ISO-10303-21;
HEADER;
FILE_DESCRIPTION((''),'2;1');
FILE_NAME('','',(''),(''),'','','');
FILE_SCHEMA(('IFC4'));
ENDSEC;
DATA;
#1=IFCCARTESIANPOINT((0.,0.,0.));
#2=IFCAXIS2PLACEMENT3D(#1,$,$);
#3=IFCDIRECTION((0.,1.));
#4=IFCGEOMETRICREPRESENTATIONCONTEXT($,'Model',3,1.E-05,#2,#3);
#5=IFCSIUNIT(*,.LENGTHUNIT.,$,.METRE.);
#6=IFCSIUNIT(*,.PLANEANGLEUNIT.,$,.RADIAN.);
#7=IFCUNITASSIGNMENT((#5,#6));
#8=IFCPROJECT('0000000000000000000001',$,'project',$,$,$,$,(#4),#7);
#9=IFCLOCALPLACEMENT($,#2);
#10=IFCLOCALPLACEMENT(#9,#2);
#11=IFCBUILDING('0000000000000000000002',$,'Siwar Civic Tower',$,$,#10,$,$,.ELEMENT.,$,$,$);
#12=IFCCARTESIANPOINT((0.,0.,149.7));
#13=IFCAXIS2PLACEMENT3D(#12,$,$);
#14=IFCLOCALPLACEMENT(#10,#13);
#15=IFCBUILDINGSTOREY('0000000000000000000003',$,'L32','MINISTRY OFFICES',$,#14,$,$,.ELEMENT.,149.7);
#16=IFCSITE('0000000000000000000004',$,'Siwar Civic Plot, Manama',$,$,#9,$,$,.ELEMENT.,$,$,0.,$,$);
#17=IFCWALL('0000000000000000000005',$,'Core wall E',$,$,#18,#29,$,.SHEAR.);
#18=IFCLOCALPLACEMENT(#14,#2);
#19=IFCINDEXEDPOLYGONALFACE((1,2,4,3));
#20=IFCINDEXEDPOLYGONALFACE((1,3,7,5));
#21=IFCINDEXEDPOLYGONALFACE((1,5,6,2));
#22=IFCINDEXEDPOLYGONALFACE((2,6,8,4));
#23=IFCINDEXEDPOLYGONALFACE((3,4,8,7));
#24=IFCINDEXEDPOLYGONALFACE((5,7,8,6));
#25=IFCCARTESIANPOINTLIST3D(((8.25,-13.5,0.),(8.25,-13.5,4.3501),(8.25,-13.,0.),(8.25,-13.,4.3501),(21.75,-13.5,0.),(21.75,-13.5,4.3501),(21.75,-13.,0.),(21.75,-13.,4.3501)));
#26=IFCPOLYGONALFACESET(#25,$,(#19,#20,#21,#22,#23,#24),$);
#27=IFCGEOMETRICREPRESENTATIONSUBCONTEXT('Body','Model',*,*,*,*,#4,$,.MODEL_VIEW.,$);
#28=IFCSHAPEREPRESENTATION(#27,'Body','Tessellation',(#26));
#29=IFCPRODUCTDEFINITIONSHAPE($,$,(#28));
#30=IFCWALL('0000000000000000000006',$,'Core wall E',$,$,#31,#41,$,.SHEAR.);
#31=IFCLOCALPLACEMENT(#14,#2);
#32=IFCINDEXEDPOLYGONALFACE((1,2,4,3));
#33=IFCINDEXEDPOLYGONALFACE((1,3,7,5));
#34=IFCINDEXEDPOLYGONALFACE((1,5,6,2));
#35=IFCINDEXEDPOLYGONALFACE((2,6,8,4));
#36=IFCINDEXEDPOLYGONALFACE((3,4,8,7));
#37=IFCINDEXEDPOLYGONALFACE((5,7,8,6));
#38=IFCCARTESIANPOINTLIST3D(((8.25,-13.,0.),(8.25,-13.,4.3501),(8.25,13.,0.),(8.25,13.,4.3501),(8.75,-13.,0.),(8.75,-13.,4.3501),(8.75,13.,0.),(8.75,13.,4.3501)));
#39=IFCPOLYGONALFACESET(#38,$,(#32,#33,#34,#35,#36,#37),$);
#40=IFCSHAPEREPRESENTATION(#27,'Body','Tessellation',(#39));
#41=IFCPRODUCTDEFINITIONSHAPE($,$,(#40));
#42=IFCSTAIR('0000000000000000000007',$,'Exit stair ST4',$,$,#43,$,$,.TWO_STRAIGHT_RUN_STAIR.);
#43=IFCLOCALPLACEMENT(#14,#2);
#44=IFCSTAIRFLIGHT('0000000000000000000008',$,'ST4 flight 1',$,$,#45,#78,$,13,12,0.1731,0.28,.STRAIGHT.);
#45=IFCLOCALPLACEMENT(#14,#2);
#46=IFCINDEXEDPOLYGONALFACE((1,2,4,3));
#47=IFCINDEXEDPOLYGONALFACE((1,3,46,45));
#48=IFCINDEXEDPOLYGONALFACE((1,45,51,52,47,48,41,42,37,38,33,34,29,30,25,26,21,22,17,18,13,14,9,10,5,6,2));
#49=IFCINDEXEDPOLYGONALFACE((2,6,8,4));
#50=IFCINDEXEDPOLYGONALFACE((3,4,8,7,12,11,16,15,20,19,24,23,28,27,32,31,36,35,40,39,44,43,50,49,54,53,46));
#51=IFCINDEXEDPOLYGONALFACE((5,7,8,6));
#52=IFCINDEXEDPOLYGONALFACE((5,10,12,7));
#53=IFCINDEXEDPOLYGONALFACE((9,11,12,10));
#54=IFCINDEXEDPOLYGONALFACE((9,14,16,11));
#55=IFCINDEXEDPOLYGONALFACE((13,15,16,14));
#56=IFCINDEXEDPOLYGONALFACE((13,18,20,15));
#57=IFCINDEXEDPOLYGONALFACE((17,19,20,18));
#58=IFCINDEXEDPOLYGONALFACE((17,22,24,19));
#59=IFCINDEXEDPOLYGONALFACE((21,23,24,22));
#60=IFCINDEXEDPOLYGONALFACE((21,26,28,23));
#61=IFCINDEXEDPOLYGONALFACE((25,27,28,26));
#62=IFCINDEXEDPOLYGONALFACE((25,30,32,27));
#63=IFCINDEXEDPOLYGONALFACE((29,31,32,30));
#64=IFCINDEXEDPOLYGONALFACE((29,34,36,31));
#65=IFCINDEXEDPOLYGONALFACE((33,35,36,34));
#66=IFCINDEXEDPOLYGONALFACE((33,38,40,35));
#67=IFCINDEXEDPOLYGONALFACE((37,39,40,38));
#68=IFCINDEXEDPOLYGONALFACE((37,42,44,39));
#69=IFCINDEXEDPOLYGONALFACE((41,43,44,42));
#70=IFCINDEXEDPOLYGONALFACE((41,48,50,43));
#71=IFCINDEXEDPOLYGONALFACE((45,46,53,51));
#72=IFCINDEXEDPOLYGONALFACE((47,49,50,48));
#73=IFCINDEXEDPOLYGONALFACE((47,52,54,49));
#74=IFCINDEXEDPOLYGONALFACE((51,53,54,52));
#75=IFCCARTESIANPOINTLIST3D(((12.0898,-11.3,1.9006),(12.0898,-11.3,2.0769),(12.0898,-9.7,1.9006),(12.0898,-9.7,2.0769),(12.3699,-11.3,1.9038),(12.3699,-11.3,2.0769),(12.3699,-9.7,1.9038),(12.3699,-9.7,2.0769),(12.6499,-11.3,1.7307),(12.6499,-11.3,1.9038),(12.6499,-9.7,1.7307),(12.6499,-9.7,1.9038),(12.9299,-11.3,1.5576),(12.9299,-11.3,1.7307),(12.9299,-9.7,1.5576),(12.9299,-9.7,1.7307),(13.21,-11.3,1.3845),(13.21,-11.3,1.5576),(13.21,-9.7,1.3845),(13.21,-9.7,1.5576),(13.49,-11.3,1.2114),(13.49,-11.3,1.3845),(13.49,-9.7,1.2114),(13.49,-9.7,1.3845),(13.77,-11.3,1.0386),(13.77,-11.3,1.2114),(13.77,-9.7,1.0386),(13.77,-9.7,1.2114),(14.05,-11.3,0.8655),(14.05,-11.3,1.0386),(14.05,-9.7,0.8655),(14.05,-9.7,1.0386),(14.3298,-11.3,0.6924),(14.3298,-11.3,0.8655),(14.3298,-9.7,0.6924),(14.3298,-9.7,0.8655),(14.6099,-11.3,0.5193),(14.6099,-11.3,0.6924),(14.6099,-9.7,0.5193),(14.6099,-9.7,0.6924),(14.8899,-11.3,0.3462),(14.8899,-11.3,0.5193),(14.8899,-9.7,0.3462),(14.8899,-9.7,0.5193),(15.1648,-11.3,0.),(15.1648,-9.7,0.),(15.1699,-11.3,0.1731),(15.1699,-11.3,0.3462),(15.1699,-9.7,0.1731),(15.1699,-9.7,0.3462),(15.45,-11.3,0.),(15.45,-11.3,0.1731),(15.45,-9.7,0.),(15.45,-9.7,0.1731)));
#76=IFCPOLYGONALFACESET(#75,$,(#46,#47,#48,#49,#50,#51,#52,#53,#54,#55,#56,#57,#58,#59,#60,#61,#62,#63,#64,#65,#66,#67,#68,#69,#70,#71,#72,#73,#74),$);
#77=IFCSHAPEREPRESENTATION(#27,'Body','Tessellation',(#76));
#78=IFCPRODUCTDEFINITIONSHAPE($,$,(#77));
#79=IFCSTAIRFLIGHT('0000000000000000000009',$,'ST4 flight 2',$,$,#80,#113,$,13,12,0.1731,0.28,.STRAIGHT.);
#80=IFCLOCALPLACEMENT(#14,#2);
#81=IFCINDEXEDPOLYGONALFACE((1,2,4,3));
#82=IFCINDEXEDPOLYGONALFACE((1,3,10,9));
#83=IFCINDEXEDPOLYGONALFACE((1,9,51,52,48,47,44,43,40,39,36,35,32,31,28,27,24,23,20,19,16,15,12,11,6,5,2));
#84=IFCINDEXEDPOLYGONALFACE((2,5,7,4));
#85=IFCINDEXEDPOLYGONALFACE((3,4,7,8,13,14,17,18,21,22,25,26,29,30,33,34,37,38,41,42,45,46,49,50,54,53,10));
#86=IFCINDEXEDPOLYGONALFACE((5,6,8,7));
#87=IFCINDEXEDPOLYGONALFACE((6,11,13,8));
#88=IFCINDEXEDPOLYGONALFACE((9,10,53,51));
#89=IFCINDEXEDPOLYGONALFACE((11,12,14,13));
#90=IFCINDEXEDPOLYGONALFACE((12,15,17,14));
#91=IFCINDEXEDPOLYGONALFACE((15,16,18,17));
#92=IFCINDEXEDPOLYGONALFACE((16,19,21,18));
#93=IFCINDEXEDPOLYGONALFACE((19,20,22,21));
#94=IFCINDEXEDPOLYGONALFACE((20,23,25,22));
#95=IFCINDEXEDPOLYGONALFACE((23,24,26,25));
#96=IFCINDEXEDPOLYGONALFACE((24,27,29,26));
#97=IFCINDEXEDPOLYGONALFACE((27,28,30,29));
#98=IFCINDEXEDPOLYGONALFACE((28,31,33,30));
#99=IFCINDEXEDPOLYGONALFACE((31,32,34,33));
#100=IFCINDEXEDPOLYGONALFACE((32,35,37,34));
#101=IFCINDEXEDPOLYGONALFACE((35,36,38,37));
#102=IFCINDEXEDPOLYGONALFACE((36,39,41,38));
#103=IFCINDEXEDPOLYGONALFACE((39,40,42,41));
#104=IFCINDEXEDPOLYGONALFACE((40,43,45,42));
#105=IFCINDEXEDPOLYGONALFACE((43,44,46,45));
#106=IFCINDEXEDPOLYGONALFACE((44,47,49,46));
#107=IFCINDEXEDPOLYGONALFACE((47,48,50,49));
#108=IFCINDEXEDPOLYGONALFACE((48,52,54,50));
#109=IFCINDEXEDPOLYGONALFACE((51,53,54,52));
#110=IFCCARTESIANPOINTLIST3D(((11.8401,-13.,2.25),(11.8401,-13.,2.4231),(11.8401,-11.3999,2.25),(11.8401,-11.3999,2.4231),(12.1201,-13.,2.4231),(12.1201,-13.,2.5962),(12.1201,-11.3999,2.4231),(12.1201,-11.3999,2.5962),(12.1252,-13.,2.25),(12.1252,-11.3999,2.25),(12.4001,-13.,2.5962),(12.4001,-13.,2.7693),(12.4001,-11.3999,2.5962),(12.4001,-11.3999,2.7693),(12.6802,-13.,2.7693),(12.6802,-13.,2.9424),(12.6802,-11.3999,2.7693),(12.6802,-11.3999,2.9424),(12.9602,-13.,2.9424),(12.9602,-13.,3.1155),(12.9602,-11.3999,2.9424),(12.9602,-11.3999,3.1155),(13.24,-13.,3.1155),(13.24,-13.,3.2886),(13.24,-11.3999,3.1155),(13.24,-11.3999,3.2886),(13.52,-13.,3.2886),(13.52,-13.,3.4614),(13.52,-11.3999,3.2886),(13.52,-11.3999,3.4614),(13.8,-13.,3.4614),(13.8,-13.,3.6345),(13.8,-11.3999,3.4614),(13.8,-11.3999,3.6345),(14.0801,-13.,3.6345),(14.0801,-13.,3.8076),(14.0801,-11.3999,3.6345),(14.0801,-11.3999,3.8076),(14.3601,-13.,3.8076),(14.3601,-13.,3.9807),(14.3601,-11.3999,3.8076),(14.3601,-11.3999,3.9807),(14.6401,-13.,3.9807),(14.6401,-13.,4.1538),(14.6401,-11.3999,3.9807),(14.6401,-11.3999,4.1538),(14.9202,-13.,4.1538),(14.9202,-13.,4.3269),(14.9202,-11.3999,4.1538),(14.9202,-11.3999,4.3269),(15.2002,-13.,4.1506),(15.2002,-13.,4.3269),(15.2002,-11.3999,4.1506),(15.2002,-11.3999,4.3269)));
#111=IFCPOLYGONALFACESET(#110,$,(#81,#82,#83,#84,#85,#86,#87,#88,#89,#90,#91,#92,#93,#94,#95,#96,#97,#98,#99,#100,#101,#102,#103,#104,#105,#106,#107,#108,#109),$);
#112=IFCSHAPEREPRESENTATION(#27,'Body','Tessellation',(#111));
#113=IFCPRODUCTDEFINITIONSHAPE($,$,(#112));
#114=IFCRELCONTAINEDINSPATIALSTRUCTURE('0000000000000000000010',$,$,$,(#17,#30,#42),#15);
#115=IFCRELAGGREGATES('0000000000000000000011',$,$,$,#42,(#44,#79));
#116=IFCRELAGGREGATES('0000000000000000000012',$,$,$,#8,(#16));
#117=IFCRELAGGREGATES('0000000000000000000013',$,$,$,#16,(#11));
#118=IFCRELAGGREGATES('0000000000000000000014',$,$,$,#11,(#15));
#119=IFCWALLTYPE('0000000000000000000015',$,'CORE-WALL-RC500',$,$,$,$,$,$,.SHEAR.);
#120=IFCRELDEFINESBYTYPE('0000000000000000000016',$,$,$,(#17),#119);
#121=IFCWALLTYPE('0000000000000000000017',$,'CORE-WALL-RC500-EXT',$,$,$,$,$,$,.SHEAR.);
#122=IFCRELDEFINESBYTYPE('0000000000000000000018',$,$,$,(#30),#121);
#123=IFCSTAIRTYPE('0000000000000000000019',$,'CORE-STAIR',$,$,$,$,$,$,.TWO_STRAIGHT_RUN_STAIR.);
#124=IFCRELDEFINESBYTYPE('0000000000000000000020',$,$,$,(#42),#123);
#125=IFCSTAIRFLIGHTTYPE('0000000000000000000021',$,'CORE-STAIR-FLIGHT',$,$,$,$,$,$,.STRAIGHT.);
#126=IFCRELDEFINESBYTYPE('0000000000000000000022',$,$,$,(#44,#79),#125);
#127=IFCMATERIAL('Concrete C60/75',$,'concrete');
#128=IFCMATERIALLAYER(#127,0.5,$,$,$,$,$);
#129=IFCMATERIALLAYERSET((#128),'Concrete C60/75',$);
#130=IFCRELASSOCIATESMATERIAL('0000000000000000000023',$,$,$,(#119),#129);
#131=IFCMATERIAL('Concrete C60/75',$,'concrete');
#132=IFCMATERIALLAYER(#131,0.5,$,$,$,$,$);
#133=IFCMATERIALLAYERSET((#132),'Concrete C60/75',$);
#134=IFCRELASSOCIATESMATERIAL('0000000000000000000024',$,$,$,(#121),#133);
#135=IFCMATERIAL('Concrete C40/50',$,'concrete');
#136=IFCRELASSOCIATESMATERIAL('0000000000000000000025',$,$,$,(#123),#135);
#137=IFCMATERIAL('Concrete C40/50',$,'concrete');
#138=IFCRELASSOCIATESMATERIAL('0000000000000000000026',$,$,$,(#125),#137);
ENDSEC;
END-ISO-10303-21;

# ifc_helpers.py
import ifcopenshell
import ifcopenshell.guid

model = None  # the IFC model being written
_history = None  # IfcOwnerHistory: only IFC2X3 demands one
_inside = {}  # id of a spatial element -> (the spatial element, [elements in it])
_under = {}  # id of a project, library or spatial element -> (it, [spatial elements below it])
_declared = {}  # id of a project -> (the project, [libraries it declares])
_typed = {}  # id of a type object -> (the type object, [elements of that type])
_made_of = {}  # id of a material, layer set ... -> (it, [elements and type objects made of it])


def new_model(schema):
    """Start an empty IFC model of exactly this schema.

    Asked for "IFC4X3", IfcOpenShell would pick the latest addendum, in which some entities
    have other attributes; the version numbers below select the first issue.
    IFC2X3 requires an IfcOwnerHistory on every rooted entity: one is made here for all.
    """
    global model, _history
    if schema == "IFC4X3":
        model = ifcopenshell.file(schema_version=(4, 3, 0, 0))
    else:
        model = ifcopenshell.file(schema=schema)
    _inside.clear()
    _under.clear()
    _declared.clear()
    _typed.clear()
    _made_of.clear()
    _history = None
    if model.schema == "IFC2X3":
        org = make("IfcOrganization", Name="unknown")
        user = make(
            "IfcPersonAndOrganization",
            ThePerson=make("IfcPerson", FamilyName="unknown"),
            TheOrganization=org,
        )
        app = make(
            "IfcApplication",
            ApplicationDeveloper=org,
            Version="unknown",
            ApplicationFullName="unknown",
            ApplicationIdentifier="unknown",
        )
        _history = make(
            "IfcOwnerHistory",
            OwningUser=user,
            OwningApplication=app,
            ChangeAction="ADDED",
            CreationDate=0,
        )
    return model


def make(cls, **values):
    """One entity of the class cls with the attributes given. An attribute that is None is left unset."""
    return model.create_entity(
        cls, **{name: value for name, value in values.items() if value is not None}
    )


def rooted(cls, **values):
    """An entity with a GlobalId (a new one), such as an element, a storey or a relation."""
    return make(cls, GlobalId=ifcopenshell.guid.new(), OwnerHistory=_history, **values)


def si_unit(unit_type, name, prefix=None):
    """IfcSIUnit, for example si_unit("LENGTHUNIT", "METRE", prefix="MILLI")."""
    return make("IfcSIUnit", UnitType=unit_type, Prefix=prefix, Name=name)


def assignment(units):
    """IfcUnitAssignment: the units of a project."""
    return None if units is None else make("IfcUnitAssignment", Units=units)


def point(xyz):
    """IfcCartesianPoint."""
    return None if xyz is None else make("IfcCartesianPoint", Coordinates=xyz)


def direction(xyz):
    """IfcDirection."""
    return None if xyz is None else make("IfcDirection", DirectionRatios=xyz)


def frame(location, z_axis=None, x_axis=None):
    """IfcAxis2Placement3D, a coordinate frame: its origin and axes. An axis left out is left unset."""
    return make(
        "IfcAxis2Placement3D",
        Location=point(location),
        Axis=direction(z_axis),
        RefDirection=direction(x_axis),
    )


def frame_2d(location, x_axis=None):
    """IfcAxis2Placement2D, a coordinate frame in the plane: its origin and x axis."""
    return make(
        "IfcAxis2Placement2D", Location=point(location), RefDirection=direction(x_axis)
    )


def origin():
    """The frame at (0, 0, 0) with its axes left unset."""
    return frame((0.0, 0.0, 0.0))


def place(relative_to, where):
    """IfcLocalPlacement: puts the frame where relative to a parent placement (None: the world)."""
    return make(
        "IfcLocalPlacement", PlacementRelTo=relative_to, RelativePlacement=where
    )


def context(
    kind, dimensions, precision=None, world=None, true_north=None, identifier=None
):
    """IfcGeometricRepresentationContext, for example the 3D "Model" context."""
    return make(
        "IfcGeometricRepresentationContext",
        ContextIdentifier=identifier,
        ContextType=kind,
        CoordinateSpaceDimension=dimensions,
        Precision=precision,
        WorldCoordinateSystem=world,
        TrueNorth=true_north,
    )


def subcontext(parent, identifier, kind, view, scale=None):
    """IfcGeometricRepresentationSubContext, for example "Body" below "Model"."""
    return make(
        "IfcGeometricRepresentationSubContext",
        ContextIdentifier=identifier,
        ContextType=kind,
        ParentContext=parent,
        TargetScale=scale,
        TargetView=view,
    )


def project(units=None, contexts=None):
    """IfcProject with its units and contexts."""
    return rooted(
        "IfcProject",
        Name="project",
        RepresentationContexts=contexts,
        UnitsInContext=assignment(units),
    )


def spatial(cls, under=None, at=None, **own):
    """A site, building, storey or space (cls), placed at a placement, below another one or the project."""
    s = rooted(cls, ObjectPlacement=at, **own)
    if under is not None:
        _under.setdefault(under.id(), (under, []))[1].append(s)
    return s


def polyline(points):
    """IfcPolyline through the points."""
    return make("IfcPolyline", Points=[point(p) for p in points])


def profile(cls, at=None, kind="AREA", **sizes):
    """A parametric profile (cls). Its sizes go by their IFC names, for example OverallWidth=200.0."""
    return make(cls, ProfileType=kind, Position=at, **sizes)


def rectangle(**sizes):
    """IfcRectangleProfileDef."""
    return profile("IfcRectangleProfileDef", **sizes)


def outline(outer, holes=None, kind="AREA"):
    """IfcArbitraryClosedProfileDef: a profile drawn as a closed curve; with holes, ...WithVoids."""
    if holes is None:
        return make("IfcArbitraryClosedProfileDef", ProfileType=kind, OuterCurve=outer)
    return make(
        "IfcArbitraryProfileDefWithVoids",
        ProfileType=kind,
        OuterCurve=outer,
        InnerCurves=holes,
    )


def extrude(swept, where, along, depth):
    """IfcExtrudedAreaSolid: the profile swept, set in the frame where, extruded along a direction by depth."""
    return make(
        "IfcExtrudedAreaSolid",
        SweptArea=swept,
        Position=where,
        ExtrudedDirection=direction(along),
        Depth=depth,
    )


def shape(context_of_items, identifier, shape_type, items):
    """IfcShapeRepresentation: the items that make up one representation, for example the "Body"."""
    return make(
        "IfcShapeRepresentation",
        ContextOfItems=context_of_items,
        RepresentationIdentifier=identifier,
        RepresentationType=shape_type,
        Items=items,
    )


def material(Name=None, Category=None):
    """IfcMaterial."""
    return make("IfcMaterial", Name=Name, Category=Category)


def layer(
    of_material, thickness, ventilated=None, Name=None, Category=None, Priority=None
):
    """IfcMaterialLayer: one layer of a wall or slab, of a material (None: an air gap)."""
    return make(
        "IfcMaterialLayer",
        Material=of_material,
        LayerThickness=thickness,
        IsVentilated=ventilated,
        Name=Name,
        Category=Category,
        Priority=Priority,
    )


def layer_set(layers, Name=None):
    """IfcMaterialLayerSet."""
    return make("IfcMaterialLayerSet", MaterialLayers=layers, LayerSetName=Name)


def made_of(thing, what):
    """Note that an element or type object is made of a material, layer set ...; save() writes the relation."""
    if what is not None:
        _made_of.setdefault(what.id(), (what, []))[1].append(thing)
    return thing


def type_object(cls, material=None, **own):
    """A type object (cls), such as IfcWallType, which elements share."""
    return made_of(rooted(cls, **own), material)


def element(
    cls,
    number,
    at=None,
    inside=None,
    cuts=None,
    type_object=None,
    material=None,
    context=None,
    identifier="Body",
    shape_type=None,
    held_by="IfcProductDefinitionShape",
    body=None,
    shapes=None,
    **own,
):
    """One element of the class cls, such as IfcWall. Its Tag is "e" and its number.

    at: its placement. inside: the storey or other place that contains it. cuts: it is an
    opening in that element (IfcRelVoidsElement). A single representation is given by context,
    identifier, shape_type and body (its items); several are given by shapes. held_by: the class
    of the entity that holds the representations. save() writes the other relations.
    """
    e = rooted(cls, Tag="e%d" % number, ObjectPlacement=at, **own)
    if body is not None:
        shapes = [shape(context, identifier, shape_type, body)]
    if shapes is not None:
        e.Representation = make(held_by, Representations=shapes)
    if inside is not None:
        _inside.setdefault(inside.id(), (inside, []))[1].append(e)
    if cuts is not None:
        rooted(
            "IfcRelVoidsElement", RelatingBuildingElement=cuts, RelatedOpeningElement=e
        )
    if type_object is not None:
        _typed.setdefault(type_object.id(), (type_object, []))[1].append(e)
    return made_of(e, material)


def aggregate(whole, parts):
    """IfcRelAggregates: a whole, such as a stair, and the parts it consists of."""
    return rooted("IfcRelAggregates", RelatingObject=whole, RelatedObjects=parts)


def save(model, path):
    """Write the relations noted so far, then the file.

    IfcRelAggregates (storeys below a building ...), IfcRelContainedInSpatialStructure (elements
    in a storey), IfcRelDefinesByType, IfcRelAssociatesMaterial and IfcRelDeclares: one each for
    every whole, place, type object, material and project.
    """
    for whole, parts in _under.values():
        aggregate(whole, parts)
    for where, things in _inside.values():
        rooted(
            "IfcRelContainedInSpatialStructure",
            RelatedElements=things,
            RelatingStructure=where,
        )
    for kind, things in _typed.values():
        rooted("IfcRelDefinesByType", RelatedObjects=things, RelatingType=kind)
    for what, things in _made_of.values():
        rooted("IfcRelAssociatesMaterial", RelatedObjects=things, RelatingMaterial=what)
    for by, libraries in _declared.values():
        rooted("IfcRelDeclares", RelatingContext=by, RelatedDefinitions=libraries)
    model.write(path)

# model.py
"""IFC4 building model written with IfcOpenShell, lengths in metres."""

from ifc_helpers import new_model, si_unit, direction, frame, frame_2d, origin, place, context, subcontext, project, spatial, polyline, rectangle, outline, extrude, material, layer, layer_set, type_object, element, aggregate, save


model = new_model("IFC4")

# Units and contexts
model_context = context("Model", 3, precision=1e-05, world=origin(), true_north=direction((0.0, 1.0)))
body_context = subcontext(model_context, "Body", "Model", "MODEL_VIEW")
ifc_project = project(units=[si_unit("LENGTHUNIT", "METRE"), si_unit("PLANEANGLEUNIT", "RADIAN")], contexts=[model_context])

# Site, building, storey
site_placement = place(None, origin())
site = spatial("IfcSite", under=ifc_project, at=site_placement, Name="Siwar Civic Plot, Manama", CompositionType="ELEMENT", RefElevation=0.0)
building_placement = place(site_placement, origin())
building = spatial("IfcBuilding", under=site, at=building_placement, Name="Siwar Civic Tower", CompositionType="ELEMENT")
storey_placement = place(building_placement, frame((0.0, 0.0, 149.7)))
storey = spatial("IfcBuildingStorey", under=building, at=storey_placement, Name="L32", Description="MINISTRY OFFICES", CompositionType="ELEMENT", Elevation=149.7)

# Walls
ifc_material_1 = material(Name="Concrete C60/75", Category="concrete")
ifc_layer_1 = layer(ifc_material_1, 0.5)
ifc_layer_set_1 = layer_set([ifc_layer_1], Name="Concrete C60/75")
wall_type_1 = type_object("IfcWallType", Name="CORE-WALL-RC500", PredefinedType="SHEAR", material=ifc_layer_set_1)
wall_1_placement = place(storey_placement, frame((8.25, -13.25, 0.0), z_axis=(0.0, 0.0, 1.0), x_axis=(1.0, 0.0, 0.0)))
element("IfcWall", 1, at=wall_1_placement, inside=storey, type_object=wall_type_1, Name="Core wall E", PredefinedType="SHEAR", context=body_context, shape_type="SweptSolid", body=[
    extrude(rectangle(XDim=13.5, YDim=0.5, at=frame_2d((6.75, 0.0))), origin(), (0.0, 0.0, 1.0), 4.3501),
])
ifc_material_2 = material(Name="Concrete C60/75", Category="concrete")
ifc_layer_2 = layer(ifc_material_2, 0.5)
ifc_layer_set_2 = layer_set([ifc_layer_2], Name="Concrete C60/75")
wall_type_2 = type_object("IfcWallType", Name="CORE-WALL-RC500-EXT", PredefinedType="SHEAR", material=ifc_layer_set_2)
wall_2_placement = place(storey_placement, frame((8.5, -13.0, 0.0), z_axis=(0.0, 0.0, 1.0), x_axis=(0.0, 1.0, 0.0)))
element("IfcWall", 2, at=wall_2_placement, inside=storey, type_object=wall_type_2, Name="Core wall E", PredefinedType="SHEAR", context=body_context, shape_type="SweptSolid", body=[
    extrude(rectangle(XDim=26.0, YDim=0.5, at=frame_2d((13.0, 0.0))), origin(), (0.0, 0.0, 1.0), 4.3501),
])

# Stair, stair flights
ifc_material_3 = material(Name="Concrete C40/50", Category="concrete")
stair_type = type_object("IfcStairType", Name="CORE-STAIR", PredefinedType="TWO_STRAIGHT_RUN_STAIR", material=ifc_material_3)
stair_placement = place(storey_placement, origin())
stair = element("IfcStair", 3, at=stair_placement, inside=storey, type_object=stair_type, Name="Exit stair ST4", PredefinedType="TWO_STRAIGHT_RUN_STAIR")
ifc_material_4 = material(Name="Concrete C40/50", Category="concrete")
stair_flight_type = type_object("IfcStairFlightType", Name="CORE-STAIR-FLIGHT", PredefinedType="STRAIGHT", material=ifc_material_4)
stair_flight_1_placement = place(storey_placement, frame((15.45, -10.5, 0.0), z_axis=(0.0, 0.0, 1.0), x_axis=(-1.0, 0.0, 0.0)))
stair_flight_1 = element("IfcStairFlight", 4, at=stair_flight_1_placement, type_object=stair_flight_type, Name="ST4 flight 1", NumberOfRisers=13, NumberOfTreads=12, PredefinedType="STRAIGHT", RiserHeight=0.1731, TreadLength=0.28, context=body_context, shape_type="SweptSolid", body=[
    extrude(outline(polyline([(0.0, 0.0), (0.0, 0.1731), (0.28, 0.1731), (0.28, 0.3462), (0.5601, 0.3462), (0.5601, 0.5193), (0.8401, 0.5193), (0.8401, 0.6924), (1.1201, 0.6924), (1.1201, 0.8655), (1.3999, 0.8655), (1.3999, 1.0386), (1.6799, 1.0386), (1.6799, 1.2114), (1.96, 1.2114), (1.96, 1.3845), (2.24, 1.3845), (2.24, 1.5576), (2.52, 1.5576), (2.52, 1.7307), (2.8, 1.7307), (2.8, 1.9038), (3.0801, 1.9038), (3.0801, 2.0769), (3.3601, 2.0769), (3.3601, 2.25), (3.3601, 1.9006), (0.2852, 0.0), (0.0, 0.0)])), frame((0.0, 0.8, 0.0), z_axis=(0.0, -1.0, 0.0), x_axis=(1.0, 0.0, 0.0)), (0.0, 0.0, 1.0), 1.6001),
])
stair_flight_2_placement = place(storey_placement, frame((11.8401, -12.2, 2.25), z_axis=(0.0, 0.0, 1.0), x_axis=(1.0, 0.0, 0.0)))
stair_flight_2 = element("IfcStairFlight", 5, at=stair_flight_2_placement, type_object=stair_flight_type, Name="ST4 flight 2", NumberOfRisers=13, NumberOfTreads=12, PredefinedType="STRAIGHT", RiserHeight=0.1731, TreadLength=0.28, context=body_context, shape_type="SweptSolid", body=[
    extrude(outline(polyline([(0.0, 0.0), (0.0, 0.1731), (0.28, 0.1731), (0.28, 0.3462), (0.5601, 0.3462), (0.5601, 0.5193), (0.8401, 0.5193), (0.8401, 0.6924), (1.1201, 0.6924), (1.1201, 0.8655), (1.3999, 0.8655), (1.3999, 1.0386), (1.6799, 1.0386), (1.6799, 1.2114), (1.96, 1.2114), (1.96, 1.3845), (2.24, 1.3845), (2.24, 1.5576), (2.52, 1.5576), (2.52, 1.7307), (2.8, 1.7307), (2.8, 1.9038), (3.0801, 1.9038), (3.0801, 2.0769), (3.3601, 2.0769), (3.3601, 2.25), (3.3601, 1.9006), (0.2852, 0.0), (0.0, 0.0)])), frame((0.0, 0.8, 0.0), z_axis=(0.0, -1.0, 0.0), x_axis=(1.0, 0.0, 0.0)), (0.0, 0.0, 1.0), 1.6001),
])
aggregate(stair, [stair_flight_1, stair_flight_2])

save(model, "model.ifc")
